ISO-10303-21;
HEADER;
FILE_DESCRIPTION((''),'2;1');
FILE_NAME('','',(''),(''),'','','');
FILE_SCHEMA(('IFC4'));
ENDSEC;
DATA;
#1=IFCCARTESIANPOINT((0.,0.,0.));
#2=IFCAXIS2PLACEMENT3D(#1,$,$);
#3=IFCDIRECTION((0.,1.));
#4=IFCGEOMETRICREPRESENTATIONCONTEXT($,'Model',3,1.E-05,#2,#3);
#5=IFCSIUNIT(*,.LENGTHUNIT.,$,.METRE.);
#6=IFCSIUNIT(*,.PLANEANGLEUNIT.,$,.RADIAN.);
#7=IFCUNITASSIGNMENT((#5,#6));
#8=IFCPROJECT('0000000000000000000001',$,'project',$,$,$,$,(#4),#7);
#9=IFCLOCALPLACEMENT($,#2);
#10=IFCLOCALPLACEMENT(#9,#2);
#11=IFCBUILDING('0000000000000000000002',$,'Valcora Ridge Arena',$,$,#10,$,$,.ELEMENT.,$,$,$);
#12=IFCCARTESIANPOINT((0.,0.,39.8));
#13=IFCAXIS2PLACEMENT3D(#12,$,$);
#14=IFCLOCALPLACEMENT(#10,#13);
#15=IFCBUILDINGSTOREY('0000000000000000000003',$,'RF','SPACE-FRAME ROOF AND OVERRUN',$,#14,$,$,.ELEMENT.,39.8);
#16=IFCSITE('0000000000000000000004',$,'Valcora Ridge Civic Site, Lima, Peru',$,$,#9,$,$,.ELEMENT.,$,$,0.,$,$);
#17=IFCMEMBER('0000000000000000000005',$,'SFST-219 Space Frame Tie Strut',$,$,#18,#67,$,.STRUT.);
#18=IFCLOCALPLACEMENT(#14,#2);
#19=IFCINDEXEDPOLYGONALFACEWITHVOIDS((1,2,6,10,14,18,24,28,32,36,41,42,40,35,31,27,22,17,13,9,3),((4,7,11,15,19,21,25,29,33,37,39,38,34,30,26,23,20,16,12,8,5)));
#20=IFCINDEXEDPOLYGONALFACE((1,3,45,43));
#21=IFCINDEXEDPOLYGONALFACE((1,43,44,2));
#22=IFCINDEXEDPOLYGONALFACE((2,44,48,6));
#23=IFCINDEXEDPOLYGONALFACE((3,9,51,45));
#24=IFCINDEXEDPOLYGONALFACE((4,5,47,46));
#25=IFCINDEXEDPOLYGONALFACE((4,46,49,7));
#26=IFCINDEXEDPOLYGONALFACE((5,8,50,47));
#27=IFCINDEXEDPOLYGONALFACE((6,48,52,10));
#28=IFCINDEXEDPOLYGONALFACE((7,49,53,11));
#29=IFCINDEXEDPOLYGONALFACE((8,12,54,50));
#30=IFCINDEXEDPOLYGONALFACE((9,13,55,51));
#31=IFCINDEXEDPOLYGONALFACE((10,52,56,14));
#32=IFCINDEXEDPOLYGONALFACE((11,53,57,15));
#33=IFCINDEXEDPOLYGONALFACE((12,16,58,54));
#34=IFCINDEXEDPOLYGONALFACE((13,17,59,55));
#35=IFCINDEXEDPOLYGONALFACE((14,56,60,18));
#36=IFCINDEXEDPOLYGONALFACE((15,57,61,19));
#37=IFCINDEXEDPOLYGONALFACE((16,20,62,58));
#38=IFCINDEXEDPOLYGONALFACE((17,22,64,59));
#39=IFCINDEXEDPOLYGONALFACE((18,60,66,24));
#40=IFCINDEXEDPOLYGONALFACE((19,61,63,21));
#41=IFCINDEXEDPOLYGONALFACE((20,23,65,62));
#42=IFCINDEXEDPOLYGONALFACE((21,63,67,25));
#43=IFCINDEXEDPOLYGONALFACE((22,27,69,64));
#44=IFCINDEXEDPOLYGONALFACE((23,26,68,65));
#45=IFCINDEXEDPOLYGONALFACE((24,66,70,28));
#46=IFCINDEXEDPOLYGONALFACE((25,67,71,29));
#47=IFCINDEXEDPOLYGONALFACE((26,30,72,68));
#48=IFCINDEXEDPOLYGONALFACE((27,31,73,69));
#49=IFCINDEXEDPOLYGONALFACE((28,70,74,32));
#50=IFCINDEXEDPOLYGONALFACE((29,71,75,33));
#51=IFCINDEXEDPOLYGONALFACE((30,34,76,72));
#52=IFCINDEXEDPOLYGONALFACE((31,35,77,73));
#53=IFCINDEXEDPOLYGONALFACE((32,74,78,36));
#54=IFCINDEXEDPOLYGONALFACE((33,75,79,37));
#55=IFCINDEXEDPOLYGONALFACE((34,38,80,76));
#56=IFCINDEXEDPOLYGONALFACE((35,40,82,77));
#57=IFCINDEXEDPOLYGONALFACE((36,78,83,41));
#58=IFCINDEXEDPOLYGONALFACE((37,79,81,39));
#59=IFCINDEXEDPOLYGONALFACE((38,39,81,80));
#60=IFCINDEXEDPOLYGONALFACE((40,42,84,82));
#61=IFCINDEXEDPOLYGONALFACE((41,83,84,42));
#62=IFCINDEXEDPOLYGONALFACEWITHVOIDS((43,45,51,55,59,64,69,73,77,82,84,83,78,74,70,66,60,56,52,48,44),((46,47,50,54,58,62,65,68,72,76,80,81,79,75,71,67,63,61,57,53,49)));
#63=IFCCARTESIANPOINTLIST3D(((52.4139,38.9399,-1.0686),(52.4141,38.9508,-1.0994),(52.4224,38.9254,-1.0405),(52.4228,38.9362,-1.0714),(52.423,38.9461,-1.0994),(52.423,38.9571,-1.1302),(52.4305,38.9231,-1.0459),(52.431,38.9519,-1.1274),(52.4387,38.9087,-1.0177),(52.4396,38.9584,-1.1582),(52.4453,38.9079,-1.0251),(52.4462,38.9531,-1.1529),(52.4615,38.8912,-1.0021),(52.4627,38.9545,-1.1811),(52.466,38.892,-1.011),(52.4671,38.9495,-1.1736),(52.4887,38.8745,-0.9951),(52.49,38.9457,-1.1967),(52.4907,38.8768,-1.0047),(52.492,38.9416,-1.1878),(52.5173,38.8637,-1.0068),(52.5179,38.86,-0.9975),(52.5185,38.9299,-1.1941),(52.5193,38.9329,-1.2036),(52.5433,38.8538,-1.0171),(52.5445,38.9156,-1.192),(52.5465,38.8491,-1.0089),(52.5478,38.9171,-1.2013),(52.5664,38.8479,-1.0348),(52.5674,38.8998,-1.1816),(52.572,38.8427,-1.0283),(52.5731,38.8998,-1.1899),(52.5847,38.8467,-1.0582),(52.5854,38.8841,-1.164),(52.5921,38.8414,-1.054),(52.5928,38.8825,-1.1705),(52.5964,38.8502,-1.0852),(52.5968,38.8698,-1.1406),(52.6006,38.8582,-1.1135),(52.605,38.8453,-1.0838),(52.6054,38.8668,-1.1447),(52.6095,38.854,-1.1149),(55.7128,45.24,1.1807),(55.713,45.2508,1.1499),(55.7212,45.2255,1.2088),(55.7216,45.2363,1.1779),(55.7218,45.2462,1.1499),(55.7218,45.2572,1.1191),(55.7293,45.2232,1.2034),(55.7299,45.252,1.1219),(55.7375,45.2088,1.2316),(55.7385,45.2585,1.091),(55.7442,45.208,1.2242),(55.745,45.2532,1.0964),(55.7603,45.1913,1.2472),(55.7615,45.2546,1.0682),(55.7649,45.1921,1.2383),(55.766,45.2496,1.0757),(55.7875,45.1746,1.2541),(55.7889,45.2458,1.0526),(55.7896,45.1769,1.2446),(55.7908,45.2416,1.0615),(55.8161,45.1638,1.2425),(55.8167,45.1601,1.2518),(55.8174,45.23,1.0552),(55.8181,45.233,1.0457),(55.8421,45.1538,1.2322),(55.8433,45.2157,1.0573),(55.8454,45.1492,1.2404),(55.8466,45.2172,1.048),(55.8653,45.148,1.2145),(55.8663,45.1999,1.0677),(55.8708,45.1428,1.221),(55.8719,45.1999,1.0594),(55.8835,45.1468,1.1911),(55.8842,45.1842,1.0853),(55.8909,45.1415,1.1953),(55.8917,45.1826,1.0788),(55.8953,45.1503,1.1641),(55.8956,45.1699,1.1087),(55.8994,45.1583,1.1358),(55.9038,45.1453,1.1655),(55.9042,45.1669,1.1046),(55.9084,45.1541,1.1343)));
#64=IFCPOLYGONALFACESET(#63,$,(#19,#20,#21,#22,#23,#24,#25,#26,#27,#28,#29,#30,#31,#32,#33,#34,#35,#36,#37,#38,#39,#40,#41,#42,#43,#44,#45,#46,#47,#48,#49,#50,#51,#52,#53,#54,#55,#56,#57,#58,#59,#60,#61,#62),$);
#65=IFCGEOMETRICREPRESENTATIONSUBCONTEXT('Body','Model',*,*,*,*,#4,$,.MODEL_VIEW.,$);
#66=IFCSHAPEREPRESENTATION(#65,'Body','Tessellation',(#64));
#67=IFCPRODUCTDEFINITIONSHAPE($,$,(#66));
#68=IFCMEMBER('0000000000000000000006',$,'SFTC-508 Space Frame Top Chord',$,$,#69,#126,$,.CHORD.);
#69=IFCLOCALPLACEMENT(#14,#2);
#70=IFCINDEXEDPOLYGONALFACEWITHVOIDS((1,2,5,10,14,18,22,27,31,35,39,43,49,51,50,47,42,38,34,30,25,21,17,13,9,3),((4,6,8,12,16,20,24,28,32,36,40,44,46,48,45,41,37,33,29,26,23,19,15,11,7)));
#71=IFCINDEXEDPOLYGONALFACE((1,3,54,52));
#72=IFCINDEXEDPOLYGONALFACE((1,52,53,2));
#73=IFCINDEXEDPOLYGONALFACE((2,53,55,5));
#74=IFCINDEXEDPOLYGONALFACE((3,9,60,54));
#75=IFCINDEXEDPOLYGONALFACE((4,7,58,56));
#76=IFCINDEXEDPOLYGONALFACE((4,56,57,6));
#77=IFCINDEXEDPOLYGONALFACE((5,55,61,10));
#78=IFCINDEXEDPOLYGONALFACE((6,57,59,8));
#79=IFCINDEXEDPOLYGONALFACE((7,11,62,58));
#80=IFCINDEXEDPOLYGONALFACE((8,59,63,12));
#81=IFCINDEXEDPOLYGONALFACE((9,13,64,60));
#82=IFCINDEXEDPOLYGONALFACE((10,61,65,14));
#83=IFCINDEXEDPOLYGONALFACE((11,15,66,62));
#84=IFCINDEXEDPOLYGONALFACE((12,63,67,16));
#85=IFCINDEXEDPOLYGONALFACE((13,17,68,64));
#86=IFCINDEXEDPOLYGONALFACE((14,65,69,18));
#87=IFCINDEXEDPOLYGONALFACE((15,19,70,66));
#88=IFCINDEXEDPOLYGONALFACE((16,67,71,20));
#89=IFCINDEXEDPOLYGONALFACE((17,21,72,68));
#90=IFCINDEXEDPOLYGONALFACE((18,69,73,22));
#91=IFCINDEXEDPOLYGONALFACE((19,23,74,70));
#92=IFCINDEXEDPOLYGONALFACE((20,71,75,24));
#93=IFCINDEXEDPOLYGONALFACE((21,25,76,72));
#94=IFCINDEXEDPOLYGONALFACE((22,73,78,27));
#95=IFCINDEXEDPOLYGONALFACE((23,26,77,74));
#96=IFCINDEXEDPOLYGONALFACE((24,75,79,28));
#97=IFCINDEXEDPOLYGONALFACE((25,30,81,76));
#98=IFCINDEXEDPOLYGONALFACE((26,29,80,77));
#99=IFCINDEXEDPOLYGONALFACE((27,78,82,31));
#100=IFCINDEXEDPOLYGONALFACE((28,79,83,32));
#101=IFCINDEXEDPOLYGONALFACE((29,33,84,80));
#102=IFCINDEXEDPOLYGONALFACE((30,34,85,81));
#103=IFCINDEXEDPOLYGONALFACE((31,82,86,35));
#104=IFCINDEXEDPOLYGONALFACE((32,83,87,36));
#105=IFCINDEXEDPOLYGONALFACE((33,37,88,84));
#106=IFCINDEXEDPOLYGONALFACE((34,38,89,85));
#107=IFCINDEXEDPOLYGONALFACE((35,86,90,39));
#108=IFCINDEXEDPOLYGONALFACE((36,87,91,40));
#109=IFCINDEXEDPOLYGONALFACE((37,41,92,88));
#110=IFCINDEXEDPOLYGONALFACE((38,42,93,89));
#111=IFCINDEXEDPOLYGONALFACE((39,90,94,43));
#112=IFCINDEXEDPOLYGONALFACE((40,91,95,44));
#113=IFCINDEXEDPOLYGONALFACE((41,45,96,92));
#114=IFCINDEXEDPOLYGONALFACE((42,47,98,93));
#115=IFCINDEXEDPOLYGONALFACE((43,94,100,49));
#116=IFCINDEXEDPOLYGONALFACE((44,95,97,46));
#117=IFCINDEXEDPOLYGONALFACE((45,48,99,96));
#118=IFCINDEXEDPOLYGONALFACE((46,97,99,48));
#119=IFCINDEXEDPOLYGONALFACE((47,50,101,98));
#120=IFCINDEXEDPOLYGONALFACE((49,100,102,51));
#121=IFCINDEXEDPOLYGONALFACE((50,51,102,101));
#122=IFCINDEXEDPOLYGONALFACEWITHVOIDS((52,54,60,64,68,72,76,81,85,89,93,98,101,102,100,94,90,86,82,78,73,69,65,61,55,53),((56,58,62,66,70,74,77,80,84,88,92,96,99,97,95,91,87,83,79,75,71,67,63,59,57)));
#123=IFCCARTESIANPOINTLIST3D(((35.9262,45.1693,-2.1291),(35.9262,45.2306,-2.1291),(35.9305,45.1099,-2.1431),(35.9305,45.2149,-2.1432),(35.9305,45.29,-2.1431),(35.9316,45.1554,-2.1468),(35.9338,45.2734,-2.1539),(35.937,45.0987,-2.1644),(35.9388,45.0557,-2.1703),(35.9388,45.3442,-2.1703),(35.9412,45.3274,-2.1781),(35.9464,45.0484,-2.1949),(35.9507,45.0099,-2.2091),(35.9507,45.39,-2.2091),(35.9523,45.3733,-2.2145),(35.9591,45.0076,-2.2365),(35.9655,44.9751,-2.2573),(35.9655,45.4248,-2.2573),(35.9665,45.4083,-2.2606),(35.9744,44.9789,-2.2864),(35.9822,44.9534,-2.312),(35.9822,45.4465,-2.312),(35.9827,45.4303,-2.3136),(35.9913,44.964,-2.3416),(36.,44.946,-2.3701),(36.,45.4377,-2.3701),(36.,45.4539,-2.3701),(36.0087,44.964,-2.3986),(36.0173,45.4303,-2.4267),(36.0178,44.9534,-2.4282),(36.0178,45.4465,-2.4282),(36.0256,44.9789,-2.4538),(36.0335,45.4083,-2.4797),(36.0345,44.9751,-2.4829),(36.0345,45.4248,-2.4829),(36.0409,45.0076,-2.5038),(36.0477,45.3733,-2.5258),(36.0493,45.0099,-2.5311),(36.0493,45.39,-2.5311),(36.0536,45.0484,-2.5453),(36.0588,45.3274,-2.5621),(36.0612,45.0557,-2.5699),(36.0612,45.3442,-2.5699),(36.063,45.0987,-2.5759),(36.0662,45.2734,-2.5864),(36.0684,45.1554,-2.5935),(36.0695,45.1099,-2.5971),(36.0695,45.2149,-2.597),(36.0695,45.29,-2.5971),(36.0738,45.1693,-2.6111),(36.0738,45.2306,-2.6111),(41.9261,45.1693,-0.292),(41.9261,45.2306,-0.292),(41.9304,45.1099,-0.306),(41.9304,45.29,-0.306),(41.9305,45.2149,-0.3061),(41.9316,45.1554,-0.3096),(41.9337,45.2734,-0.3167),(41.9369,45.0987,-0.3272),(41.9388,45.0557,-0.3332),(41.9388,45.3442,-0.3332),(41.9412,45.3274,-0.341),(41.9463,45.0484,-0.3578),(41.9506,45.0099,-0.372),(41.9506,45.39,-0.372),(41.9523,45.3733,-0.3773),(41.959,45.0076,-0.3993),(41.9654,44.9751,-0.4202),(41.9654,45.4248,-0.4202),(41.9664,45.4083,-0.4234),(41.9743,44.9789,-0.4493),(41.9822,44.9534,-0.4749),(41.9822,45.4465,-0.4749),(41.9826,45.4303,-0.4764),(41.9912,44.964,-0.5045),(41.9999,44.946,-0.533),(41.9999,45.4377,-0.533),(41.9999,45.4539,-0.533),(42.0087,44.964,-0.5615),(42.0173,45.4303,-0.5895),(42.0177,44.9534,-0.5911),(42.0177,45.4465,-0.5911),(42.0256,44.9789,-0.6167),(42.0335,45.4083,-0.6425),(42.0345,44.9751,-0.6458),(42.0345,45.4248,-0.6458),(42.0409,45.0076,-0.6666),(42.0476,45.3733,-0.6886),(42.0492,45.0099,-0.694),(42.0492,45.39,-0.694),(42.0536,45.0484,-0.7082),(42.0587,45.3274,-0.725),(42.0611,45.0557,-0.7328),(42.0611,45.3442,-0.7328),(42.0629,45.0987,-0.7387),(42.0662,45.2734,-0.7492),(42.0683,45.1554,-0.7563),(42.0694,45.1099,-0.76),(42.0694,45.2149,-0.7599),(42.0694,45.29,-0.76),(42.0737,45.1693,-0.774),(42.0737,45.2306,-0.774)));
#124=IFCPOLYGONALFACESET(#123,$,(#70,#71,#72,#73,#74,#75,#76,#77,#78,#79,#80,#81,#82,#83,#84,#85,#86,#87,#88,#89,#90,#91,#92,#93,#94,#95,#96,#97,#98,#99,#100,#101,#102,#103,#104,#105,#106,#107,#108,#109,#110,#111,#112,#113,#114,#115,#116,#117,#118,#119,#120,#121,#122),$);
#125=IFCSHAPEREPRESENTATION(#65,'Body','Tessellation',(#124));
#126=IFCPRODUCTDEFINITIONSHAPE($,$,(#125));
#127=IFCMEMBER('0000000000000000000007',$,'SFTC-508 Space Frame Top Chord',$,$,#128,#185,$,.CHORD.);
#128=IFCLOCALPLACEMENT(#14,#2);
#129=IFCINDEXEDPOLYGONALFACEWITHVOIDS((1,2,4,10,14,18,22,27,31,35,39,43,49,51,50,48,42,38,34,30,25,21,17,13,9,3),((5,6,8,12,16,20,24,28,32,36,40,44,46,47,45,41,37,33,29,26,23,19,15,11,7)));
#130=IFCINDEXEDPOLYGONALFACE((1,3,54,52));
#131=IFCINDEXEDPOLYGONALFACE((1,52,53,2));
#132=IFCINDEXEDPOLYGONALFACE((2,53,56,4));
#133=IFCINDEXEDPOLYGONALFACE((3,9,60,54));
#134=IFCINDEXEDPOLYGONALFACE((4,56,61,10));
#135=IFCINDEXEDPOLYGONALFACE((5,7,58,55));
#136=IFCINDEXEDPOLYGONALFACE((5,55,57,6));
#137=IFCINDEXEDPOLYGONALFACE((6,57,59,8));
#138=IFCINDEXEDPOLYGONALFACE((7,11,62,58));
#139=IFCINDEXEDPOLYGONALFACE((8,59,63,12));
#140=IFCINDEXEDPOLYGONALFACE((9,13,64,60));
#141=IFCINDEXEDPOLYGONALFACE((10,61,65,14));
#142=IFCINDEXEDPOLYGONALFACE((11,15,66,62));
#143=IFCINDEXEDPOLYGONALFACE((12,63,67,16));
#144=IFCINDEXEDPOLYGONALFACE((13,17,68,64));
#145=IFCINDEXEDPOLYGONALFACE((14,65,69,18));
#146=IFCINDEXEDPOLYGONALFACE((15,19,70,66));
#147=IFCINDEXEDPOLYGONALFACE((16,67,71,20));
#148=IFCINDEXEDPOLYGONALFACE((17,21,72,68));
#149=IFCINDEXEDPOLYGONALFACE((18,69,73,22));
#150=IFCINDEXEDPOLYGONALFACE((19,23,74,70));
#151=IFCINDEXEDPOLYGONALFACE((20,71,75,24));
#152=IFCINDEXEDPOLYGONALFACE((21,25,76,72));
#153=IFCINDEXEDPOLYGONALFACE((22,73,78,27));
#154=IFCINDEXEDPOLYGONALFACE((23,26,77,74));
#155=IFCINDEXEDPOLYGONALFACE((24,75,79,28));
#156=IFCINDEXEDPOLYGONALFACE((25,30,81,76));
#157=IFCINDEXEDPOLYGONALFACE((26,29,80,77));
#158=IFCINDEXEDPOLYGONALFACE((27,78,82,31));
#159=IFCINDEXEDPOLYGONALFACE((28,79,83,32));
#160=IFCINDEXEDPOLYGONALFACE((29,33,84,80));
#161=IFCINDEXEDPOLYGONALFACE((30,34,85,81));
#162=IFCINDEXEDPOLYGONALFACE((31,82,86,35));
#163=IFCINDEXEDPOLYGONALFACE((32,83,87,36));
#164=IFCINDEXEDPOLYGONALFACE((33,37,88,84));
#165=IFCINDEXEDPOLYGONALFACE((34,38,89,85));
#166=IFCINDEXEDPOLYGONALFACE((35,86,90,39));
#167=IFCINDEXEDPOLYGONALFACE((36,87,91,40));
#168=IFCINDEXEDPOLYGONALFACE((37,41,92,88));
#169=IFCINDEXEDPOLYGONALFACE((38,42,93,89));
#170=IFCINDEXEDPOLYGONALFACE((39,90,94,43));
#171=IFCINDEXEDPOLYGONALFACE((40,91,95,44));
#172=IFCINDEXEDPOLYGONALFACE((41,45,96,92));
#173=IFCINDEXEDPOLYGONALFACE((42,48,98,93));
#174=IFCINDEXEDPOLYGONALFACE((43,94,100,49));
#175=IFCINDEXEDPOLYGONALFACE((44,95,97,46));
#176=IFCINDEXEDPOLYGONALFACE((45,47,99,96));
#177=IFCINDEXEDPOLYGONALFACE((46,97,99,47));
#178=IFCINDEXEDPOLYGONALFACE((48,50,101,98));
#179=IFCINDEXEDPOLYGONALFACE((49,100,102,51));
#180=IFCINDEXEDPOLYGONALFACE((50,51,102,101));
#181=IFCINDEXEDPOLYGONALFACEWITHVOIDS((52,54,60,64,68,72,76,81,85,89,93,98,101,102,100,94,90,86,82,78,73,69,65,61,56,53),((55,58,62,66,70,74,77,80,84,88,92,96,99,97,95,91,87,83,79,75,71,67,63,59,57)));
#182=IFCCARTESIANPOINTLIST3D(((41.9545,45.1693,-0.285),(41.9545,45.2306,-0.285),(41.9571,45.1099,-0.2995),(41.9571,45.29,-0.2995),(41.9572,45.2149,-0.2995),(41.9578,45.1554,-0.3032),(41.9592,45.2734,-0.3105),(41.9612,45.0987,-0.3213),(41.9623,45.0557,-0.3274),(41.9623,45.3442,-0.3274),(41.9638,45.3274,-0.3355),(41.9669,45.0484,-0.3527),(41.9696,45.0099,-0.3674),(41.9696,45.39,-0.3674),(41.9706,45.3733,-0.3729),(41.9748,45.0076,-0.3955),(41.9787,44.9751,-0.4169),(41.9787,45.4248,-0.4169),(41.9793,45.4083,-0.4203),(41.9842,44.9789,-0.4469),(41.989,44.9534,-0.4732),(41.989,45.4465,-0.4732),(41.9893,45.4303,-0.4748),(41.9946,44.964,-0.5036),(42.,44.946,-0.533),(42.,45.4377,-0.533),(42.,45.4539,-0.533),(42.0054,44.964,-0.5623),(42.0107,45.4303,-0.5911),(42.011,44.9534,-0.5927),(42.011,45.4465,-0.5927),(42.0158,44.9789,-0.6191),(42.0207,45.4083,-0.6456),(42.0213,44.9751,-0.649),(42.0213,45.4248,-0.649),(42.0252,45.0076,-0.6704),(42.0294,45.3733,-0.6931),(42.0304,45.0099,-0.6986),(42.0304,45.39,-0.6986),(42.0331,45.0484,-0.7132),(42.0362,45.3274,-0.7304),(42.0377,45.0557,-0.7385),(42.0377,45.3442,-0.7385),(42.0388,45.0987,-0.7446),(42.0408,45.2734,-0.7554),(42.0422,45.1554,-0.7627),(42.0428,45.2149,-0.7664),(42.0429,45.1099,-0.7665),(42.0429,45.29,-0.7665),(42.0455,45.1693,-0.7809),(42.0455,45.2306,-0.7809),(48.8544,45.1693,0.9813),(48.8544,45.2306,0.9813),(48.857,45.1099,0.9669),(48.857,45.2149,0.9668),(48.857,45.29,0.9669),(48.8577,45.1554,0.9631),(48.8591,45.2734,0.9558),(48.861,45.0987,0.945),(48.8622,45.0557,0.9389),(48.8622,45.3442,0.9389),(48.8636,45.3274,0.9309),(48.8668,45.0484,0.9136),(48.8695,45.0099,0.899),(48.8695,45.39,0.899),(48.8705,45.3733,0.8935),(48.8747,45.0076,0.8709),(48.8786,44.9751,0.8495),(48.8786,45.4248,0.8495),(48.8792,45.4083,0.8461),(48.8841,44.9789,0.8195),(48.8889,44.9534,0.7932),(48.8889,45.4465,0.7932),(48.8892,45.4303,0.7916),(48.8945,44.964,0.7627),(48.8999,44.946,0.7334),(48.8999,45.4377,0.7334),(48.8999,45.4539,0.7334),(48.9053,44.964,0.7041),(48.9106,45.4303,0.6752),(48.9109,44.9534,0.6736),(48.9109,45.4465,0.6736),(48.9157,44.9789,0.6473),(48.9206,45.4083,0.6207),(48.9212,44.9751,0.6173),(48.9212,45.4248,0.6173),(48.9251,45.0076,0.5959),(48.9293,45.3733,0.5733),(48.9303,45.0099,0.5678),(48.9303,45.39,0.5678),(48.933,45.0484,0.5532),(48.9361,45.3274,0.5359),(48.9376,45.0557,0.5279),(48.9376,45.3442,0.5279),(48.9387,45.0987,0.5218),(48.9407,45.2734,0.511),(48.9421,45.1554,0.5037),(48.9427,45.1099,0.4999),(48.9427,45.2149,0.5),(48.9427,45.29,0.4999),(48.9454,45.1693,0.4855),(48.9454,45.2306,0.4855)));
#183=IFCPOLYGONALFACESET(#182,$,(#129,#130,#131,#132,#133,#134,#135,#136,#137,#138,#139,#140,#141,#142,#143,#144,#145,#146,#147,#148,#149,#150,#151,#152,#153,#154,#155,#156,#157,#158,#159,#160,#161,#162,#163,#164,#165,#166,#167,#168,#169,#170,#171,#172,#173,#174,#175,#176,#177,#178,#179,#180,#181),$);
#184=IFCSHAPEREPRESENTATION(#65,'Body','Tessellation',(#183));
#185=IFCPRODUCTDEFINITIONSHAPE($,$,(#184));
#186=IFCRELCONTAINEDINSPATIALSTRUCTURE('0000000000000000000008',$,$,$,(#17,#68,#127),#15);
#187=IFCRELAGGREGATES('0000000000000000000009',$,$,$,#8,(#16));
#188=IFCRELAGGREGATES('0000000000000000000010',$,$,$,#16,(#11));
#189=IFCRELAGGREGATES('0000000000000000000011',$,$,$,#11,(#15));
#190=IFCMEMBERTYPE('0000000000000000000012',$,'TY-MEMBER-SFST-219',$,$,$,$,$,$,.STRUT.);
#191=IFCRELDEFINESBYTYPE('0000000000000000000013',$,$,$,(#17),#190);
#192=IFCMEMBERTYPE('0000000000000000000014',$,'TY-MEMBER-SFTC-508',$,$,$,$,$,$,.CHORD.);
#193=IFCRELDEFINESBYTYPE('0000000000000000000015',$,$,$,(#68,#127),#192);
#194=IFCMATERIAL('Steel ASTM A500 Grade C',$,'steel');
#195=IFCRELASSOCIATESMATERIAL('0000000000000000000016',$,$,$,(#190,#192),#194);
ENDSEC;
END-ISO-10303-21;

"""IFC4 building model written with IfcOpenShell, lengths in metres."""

from ifc_helpers import new_model, si_unit, direction, frame, origin, origin_2d, place, context, subcontext, project, spatial, hollow_circle, extrude, material, material_profile, profile_set, type_object, element, save


model = new_model("IFC4")

# Units and contexts
model_context = context("Model", 3, precision=1e-05, world=origin(), true_north=direction((0.0, 1.0)))
body_context = subcontext(model_context, "Body", "Model", "MODEL_VIEW")
ifc_project = project(units=[si_unit("LENGTHUNIT", "METRE"), si_unit("PLANEANGLEUNIT", "RADIAN")], contexts=[model_context])

# Site, building, storey
site_placement = place(None, origin())
site = spatial("IfcSite", under=ifc_project, at=site_placement, Name="Valcora Ridge Civic Site, Lima, Peru", CompositionType="ELEMENT", RefElevation=0.0)
building_placement = place(site_placement, origin())
building = spatial("IfcBuilding", under=site, at=building_placement, Name="Valcora Ridge Arena", CompositionType="ELEMENT")
storey_placement = place(building_placement, frame((0.0, 0.0, 39.8)))
storey = spatial("IfcBuildingStorey", under=building, at=storey_placement, Name="RF", Description="SPACE-FRAME ROOF AND OVERRUN", CompositionType="ELEMENT", Elevation=39.8)

# Members
ifc_material_1 = material(Name="Steel ASTM A500 Grade C", Category="steel")
ifc_material_profile_1 = material_profile(ifc_material_1, hollow_circle(Radius=0.1096, WallThickness=0.01, at=origin_2d()), Name="CHS219X10")
ifc_profile_set_1 = profile_set([ifc_material_profile_1], Name="Steel ASTM A500 Grade C")
member_type_1 = type_object("IfcMemberType", Name="TY-MEMBER-SFST-219", PredefinedType="STRUT", material=ifc_profile_set_1)
member_1_placement = place(storey_placement, frame((52.5112, 38.8999, -1.0994), z_axis=(0.44228, 0.844659, 0.301563), x_axis=(-0.885901, 0.463875, 0.0)))
element("IfcMember", 1, at=member_1_placement, inside=storey, type_object=member_type_1, Name="SFST-219 Space Frame Tie Strut", PredefinedType="STRUT", context=body_context, shape_type="SweptSolid", body=[
    extrude(hollow_circle(Radius=0.1096, WallThickness=0.01, at=origin_2d()), origin(), (0.0, 0.0, 1.0), 7.4587),
])
ifc_material_profile_2 = material_profile(ifc_material_1, hollow_circle(Radius=0.2539, WallThickness=0.0161, at=origin_2d()), Name="CHS508X16")
ifc_profile_set_2 = profile_set([ifc_material_profile_2], Name="Steel ASTM A500 Grade C")
member_type_2 = type_object("IfcMemberType", Name="TY-MEMBER-SFTC-508", PredefinedType="CHORD", material=ifc_profile_set_2)
member_2_placement = place(storey_placement, frame((36.0, 45.2, -2.3701), z_axis=(0.956181, 0.0, 0.292776), x_axis=(0.0, 1.0, 0.0)))
element("IfcMember", 2, at=member_2_placement, inside=storey, type_object=member_type_2, Name="SFTC-508 Space Frame Top Chord", PredefinedType="CHORD", context=body_context, shape_type="SweptSolid", body=[
    extrude(hollow_circle(Radius=0.2539, WallThickness=0.0161, at=origin_2d()), origin(), (0.0, 0.0, 1.0), 6.2749),
])
member_3_placement = place(storey_placement, frame((42.0, 45.2, -0.533), z_axis=(0.983572, 0.0, 0.180518), x_axis=(0.0, 1.0, 0.0)))
element("IfcMember", 3, at=member_3_placement, inside=storey, type_object=member_type_2, Name="SFTC-508 Space Frame Top Chord", PredefinedType="CHORD", context=body_context, shape_type="SweptSolid", body=[
    extrude(hollow_circle(Radius=0.2539, WallThickness=0.0161, at=origin_2d()), origin(), (0.0, 0.0, 1.0), 7.0151),
])

save(model, "model.ifc")
